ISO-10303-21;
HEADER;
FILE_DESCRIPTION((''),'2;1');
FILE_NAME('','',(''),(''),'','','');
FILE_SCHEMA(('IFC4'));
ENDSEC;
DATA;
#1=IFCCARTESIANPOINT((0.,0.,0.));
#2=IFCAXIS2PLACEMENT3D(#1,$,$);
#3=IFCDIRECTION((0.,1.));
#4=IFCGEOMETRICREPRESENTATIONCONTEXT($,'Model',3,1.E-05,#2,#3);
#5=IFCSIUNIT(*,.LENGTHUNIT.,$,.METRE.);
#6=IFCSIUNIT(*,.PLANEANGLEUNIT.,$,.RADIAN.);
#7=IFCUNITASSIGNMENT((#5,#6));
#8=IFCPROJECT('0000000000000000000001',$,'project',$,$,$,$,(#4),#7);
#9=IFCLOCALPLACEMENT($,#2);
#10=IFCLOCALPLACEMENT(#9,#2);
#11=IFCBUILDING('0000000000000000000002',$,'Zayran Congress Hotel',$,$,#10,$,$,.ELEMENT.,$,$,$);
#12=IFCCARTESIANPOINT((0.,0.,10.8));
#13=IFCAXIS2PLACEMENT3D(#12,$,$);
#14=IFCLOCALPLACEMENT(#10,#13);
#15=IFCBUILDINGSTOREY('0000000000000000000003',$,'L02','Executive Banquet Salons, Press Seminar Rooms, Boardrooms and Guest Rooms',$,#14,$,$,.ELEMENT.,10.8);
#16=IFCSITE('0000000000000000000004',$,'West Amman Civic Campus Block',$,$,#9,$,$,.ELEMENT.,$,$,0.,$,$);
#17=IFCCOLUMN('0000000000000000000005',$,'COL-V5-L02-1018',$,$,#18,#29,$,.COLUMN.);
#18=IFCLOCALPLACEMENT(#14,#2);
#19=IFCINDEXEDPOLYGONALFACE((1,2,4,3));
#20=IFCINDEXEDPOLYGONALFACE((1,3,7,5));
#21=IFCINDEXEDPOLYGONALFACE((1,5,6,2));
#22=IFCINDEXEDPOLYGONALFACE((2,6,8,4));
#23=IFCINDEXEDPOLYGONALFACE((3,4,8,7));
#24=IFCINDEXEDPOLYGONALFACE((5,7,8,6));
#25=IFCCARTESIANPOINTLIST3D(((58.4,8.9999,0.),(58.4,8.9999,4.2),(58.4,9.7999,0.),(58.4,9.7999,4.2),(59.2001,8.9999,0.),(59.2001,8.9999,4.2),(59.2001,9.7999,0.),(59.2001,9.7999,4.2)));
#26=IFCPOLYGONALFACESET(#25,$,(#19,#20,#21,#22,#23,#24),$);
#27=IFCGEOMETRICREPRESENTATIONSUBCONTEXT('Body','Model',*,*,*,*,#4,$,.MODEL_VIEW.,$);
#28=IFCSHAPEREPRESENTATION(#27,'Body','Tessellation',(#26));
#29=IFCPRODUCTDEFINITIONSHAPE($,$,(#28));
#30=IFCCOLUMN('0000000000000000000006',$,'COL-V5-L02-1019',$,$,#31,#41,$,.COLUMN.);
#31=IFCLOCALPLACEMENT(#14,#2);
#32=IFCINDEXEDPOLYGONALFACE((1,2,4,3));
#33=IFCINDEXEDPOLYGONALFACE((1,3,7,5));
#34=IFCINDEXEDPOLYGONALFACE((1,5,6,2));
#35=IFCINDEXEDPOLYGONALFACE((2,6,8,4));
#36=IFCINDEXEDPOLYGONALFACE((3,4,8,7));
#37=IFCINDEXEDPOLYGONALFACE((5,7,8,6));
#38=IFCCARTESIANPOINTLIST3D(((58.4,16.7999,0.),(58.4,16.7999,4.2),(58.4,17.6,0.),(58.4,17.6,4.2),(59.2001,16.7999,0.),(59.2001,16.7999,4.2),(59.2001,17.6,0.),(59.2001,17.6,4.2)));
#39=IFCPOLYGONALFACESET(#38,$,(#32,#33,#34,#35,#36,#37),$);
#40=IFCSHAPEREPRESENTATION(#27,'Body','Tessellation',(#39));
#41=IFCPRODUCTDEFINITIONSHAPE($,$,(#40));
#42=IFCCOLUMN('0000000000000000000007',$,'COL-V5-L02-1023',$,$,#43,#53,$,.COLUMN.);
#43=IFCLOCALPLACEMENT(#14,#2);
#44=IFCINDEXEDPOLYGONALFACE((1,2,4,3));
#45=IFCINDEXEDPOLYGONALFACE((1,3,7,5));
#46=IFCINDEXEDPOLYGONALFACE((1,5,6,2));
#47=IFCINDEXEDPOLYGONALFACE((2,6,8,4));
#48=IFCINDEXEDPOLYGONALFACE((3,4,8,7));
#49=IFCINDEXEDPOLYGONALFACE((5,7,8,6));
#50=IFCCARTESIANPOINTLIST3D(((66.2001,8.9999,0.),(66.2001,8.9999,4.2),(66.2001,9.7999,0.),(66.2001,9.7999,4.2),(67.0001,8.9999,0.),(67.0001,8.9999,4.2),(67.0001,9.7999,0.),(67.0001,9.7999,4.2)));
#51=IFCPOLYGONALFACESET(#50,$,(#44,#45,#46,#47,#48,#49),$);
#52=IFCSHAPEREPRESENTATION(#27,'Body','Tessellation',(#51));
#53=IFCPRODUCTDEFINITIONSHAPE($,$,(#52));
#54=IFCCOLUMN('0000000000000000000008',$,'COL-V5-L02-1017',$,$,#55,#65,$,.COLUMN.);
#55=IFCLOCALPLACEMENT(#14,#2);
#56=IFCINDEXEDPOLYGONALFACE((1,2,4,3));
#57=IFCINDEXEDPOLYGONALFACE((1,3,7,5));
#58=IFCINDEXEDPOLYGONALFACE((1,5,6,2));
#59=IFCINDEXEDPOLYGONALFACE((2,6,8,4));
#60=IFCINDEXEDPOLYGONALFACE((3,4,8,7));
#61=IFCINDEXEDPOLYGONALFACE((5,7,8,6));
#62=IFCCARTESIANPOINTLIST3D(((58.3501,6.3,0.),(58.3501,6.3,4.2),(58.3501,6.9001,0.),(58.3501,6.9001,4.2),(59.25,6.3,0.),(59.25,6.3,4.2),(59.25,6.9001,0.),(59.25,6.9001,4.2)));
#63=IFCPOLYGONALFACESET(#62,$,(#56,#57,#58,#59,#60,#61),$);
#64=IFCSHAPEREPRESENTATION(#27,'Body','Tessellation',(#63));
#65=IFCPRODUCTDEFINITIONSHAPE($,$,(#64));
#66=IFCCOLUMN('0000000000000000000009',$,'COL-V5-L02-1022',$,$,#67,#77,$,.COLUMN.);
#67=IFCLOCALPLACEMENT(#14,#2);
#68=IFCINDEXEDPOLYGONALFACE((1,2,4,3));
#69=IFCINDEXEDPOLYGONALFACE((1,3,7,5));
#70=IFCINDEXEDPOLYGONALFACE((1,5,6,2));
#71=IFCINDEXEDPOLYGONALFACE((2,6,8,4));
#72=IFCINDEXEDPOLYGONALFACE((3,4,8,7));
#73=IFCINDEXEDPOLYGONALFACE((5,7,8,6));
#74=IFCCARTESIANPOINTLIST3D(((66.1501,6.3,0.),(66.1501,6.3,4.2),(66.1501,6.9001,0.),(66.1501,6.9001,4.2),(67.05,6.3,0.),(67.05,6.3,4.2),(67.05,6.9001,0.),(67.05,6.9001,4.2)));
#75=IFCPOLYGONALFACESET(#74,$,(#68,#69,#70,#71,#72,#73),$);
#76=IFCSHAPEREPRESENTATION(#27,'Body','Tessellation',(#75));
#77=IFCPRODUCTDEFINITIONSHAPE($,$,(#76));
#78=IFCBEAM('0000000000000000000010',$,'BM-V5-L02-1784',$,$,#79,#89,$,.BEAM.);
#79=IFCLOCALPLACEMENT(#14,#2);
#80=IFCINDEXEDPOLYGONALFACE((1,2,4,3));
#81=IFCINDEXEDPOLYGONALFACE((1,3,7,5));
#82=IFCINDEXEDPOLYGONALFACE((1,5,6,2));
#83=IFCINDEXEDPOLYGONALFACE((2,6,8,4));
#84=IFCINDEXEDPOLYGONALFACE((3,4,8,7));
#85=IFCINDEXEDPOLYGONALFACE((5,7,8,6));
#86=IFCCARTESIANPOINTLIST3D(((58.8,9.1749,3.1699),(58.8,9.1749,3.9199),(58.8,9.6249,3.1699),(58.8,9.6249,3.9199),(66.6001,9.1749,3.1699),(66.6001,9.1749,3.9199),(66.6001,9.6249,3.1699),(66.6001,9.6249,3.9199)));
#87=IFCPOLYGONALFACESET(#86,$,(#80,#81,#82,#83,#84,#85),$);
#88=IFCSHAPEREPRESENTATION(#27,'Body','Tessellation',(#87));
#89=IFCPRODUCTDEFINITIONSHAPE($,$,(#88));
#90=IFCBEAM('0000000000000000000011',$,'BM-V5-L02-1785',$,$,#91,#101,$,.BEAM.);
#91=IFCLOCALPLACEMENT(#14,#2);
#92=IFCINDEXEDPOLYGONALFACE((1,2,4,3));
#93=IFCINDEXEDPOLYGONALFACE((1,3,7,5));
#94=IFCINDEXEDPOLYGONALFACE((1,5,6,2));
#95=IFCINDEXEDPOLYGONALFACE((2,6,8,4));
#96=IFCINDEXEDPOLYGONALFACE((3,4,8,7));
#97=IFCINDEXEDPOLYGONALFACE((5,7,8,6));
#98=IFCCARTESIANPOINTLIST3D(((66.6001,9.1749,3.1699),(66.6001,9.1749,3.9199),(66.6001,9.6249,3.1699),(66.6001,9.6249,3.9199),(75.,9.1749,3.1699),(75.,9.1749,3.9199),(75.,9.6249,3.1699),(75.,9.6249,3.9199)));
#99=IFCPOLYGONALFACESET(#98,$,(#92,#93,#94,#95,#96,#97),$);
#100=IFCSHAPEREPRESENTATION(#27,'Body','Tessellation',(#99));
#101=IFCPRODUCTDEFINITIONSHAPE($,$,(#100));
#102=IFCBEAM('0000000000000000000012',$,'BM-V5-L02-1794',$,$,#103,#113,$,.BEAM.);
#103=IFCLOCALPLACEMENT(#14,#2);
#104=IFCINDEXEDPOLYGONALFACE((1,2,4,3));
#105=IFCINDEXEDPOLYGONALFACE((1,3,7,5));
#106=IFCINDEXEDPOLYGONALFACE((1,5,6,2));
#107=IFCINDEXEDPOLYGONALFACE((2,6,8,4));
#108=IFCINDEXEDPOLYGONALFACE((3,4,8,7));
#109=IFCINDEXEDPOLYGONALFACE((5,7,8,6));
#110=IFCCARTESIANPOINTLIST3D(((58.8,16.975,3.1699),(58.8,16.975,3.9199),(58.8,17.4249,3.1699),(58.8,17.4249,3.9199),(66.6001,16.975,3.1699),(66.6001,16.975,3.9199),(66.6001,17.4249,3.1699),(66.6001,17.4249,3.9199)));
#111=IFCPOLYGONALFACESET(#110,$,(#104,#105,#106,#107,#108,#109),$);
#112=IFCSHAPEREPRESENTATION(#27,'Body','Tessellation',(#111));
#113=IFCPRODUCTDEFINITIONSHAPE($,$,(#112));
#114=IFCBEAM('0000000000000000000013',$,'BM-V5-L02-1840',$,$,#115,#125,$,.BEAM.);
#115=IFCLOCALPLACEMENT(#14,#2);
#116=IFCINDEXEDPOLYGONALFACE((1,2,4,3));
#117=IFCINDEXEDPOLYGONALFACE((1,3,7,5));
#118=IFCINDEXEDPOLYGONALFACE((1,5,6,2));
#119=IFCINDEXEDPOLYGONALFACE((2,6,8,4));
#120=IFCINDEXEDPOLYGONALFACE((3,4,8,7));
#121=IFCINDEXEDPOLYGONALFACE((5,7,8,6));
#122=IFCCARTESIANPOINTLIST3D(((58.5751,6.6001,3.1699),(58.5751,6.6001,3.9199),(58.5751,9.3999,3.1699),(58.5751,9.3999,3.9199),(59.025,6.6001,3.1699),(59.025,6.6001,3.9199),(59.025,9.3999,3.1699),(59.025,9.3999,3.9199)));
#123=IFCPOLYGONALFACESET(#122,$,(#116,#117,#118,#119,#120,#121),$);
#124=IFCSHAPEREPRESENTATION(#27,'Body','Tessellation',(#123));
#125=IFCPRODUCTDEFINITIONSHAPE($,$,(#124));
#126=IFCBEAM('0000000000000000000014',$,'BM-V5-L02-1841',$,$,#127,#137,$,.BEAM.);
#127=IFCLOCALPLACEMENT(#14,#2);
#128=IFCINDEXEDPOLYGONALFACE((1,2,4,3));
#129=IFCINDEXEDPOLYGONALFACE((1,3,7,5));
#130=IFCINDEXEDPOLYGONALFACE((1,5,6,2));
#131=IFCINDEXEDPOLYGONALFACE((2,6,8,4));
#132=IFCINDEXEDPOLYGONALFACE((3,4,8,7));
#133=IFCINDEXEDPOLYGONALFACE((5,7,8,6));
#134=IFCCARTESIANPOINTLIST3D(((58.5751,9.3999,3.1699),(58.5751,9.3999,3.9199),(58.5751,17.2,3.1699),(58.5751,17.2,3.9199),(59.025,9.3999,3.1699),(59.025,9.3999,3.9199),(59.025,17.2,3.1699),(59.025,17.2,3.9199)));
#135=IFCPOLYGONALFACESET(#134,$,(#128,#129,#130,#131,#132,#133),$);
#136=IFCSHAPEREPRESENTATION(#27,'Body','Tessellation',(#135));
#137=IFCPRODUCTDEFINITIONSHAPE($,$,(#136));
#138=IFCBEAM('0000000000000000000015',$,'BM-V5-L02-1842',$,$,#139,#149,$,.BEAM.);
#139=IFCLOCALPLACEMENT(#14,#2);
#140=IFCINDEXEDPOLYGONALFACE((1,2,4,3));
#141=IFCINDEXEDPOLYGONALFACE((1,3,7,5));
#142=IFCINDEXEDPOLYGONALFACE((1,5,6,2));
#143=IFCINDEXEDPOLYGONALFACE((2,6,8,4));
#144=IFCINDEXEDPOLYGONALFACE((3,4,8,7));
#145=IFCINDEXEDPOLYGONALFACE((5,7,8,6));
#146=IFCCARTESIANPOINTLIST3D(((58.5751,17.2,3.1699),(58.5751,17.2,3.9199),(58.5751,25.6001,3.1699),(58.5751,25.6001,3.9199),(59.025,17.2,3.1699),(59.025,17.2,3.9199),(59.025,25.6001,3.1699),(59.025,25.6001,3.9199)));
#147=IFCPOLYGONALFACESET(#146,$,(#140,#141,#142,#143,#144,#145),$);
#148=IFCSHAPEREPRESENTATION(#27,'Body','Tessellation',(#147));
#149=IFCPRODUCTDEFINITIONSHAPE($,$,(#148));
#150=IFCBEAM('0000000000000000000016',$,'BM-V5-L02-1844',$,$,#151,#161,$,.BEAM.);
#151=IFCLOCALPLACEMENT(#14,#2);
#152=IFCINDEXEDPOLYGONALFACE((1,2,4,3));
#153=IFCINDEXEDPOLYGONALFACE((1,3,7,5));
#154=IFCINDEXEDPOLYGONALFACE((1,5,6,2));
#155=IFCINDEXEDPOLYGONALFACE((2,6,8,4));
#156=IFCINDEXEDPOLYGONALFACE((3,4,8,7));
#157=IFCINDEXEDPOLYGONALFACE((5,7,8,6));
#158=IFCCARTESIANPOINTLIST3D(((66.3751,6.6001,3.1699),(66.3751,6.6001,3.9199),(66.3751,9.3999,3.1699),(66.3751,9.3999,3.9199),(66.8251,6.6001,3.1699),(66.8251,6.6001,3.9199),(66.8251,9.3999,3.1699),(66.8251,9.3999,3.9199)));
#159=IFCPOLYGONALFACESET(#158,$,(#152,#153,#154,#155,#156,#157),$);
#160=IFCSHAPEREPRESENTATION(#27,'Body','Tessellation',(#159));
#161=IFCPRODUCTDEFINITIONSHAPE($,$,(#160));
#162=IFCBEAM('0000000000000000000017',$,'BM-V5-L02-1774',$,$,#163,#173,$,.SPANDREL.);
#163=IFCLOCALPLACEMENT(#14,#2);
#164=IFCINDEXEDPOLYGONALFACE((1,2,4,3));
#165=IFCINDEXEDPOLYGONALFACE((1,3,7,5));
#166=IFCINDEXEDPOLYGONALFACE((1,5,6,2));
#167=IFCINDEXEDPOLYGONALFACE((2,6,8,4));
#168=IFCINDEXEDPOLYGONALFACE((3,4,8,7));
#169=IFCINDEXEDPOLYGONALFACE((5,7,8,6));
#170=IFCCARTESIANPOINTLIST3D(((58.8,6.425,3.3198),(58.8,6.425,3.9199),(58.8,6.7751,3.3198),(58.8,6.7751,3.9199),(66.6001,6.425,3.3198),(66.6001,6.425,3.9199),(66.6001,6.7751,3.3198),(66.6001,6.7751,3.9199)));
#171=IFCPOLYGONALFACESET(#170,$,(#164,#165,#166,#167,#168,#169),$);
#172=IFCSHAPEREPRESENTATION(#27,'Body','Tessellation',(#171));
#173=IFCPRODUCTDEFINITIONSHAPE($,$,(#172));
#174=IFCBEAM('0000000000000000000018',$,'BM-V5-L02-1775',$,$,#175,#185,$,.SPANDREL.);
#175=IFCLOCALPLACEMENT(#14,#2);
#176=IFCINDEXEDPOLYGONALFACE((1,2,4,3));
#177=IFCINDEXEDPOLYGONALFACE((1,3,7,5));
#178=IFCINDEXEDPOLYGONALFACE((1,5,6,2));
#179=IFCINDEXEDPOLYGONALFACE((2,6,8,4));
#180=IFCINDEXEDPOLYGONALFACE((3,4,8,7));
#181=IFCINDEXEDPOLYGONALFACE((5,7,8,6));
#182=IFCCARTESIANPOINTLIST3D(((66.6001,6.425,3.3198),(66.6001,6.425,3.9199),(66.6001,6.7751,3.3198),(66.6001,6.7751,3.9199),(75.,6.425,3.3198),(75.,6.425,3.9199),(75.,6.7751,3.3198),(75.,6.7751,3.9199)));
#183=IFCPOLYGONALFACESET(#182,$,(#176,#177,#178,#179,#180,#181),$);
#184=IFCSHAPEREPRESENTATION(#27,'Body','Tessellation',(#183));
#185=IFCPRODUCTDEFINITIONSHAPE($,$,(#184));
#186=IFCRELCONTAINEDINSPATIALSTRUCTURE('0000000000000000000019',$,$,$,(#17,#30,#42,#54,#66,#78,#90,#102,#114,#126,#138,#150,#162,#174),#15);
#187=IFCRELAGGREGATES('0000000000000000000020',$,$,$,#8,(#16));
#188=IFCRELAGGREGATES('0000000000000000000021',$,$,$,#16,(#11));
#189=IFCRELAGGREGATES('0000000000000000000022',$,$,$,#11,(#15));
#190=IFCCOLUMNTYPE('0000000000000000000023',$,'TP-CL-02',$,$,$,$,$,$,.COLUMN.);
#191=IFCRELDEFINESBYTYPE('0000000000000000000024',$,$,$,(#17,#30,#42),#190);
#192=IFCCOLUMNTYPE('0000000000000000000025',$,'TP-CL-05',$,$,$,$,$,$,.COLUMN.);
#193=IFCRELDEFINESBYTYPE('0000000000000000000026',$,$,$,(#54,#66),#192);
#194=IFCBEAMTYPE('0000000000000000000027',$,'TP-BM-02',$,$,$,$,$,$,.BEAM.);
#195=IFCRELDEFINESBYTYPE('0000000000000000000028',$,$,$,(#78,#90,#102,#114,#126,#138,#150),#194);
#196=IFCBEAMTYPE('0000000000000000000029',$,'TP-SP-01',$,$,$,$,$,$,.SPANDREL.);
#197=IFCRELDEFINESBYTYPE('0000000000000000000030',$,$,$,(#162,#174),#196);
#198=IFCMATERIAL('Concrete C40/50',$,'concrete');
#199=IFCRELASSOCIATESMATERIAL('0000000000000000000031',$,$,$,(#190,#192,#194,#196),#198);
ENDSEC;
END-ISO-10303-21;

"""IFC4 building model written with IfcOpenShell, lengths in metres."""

from ifc_helpers import new_model, si_unit, direction, frame, origin, origin_2d, place, context, subcontext, project, spatial, rectangle, extrude, material, material_profile, profile_set, type_object, element, save


model = new_model("IFC4")

# Units and contexts
model_context = context("Model", 3, precision=1e-05, world=origin(), true_north=direction((0.0, 1.0)))
body_context = subcontext(model_context, "Body", "Model", "MODEL_VIEW")
ifc_project = project(units=[si_unit("LENGTHUNIT", "METRE"), si_unit("PLANEANGLEUNIT", "RADIAN")], contexts=[model_context])

# Site, building, storey
site_placement = place(None, origin())
site = spatial("IfcSite", under=ifc_project, at=site_placement, Name="West Amman Civic Campus Block", CompositionType="ELEMENT", RefElevation=0.0)
building_placement = place(site_placement, origin())
building = spatial("IfcBuilding", under=site, at=building_placement, Name="Zayran Congress Hotel", CompositionType="ELEMENT")
storey_placement = place(building_placement, frame((0.0, 0.0, 10.8)))
storey = spatial("IfcBuildingStorey", under=building, at=storey_placement, Name="L02", Description="Executive Banquet Salons, Press Seminar Rooms, Boardrooms and Guest Rooms", CompositionType="ELEMENT", Elevation=10.8)

# Columns
ifc_material_1 = material(Name="Concrete C40/50", Category="concrete")
ifc_material_profile_1 = material_profile(ifc_material_1, rectangle(XDim=0.8, YDim=0.8, at=origin_2d()), Name="RC 800x800")
ifc_profile_set_1 = profile_set([ifc_material_profile_1], Name="Concrete C40/50")
column_type_1 = type_object("IfcColumnType", Name="TP-CL-02", PredefinedType="COLUMN", material=ifc_profile_set_1)
for number, where, z_axis, x_axis, name in (
    (1, (58.8, 9.3999, 0.0), (0.0, 0.0, 1.0), (1.0, 0.0, 0.0), "COL-V5-L02-1018"),
    (2, (58.8, 17.2, 0.0), (0.0, 0.0, 1.0), (1.0, 0.0, 0.0), "COL-V5-L02-1019"),
    (3, (66.6001, 9.3999, 0.0), (0.0, 0.0, 1.0), (1.0, 0.0, 0.0), "COL-V5-L02-1023"),
):
    element("IfcColumn", number, at=place(storey_placement, frame(where, z_axis=z_axis, x_axis=x_axis)), inside=storey, type_object=column_type_1, Name=name, PredefinedType="COLUMN", context=body_context, shape_type="SweptSolid", body=[
        extrude(rectangle(XDim=0.8, YDim=0.8, at=origin_2d()), origin(), (0.0, 0.0, 1.0), 4.2),
    ])
ifc_material_profile_2 = material_profile(ifc_material_1, rectangle(XDim=0.6001, YDim=0.8999, at=origin_2d()), Name="RC 900x600")
ifc_profile_set_2 = profile_set([ifc_material_profile_2], Name="Concrete C40/50")
column_type_2 = type_object("IfcColumnType", Name="TP-CL-05", PredefinedType="COLUMN", material=ifc_profile_set_2)
for number, where, z_axis, x_axis, name in (
    (4, (58.8, 6.6001, 0.0), (0.0, 0.0, 1.0), (0.0, 1.0, 0.0), "COL-V5-L02-1017"),
    (5, (66.6001, 6.6001, 0.0), (0.0, 0.0, 1.0), (0.0, 1.0, 0.0), "COL-V5-L02-1022"),
):
    element("IfcColumn", number, at=place(storey_placement, frame(where, z_axis=z_axis, x_axis=x_axis)), inside=storey, type_object=column_type_2, Name=name, PredefinedType="COLUMN", context=body_context, shape_type="SweptSolid", body=[
        extrude(rectangle(XDim=0.6001, YDim=0.8999, at=origin_2d()), origin(), (0.0, 0.0, 1.0), 4.2),
    ])

# Beams
ifc_material_profile_3 = material_profile(ifc_material_1, rectangle(XDim=0.45, YDim=0.75, at=origin_2d()), Name="RC 450x750")
ifc_profile_set_3 = profile_set([ifc_material_profile_3], Name="Concrete C40/50")
beam_type_1 = type_object("IfcBeamType", Name="TP-BM-02", PredefinedType="BEAM", material=ifc_profile_set_3)
beam_1_placement = place(storey_placement, frame((58.8, 9.3999, 3.5449), z_axis=(1.0, 0.0, 0.0), x_axis=(0.0, 1.0, 0.0)))
element("IfcBeam", 6, at=beam_1_placement, inside=storey, type_object=beam_type_1, Name="BM-V5-L02-1784", PredefinedType="BEAM", context=body_context, shape_type="SweptSolid", body=[
    extrude(rectangle(XDim=0.45, YDim=0.75, at=origin_2d()), origin(), (0.0, 0.0, 1.0), 7.8),
])
beam_2_placement = place(storey_placement, frame((66.6001, 9.3999, 3.5449), z_axis=(1.0, 0.0, 0.0), x_axis=(0.0, 1.0, 0.0)))
element("IfcBeam", 7, at=beam_2_placement, inside=storey, type_object=beam_type_1, Name="BM-V5-L02-1785", PredefinedType="BEAM", context=body_context, shape_type="SweptSolid", body=[
    extrude(rectangle(XDim=0.45, YDim=0.75, at=origin_2d()), origin(), (0.0, 0.0, 1.0), 8.3999),
])
beam_3_placement = place(storey_placement, frame((58.8, 17.2, 3.5449), z_axis=(1.0, 0.0, 0.0), x_axis=(0.0, 1.0, 0.0)))
element("IfcBeam", 8, at=beam_3_placement, inside=storey, type_object=beam_type_1, Name="BM-V5-L02-1794", PredefinedType="BEAM", context=body_context, shape_type="SweptSolid", body=[
    extrude(rectangle(XDim=0.45, YDim=0.75, at=origin_2d()), origin(), (0.0, 0.0, 1.0), 7.8),
])
beam_4_placement = place(storey_placement, frame((58.8, 6.6001, 3.5449), z_axis=(0.0, 1.0, 0.0), x_axis=(-1.0, 0.0, 0.0)))
element("IfcBeam", 9, at=beam_4_placement, inside=storey, type_object=beam_type_1, Name="BM-V5-L02-1840", PredefinedType="BEAM", context=body_context, shape_type="SweptSolid", body=[
    extrude(rectangle(XDim=0.45, YDim=0.75, at=origin_2d()), origin(), (0.0, 0.0, 1.0), 2.7998),
])
beam_5_placement = place(storey_placement, frame((58.8, 9.3999, 3.5449), z_axis=(0.0, 1.0, 0.0), x_axis=(-1.0, 0.0, 0.0)))
element("IfcBeam", 10, at=beam_5_placement, inside=storey, type_object=beam_type_1, Name="BM-V5-L02-1841", PredefinedType="BEAM", context=body_context, shape_type="SweptSolid", body=[
    extrude(rectangle(XDim=0.45, YDim=0.75, at=origin_2d()), origin(), (0.0, 0.0, 1.0), 7.8),
])
beam_6_placement = place(storey_placement, frame((58.8, 17.2, 3.5449), z_axis=(0.0, 1.0, 0.0), x_axis=(-1.0, 0.0, 0.0)))
element("IfcBeam", 11, at=beam_6_placement, inside=storey, type_object=beam_type_1, Name="BM-V5-L02-1842", PredefinedType="BEAM", context=body_context, shape_type="SweptSolid", body=[
    extrude(rectangle(XDim=0.45, YDim=0.75, at=origin_2d()), origin(), (0.0, 0.0, 1.0), 8.4001),
])
beam_7_placement = place(storey_placement, frame((66.6001, 6.6001, 3.5449), z_axis=(0.0, 1.0, 0.0), x_axis=(-1.0, 0.0, 0.0)))
element("IfcBeam", 12, at=beam_7_placement, inside=storey, type_object=beam_type_1, Name="BM-V5-L02-1844", PredefinedType="BEAM", context=body_context, shape_type="SweptSolid", body=[
    extrude(rectangle(XDim=0.45, YDim=0.75, at=origin_2d()), origin(), (0.0, 0.0, 1.0), 2.7998),
])
ifc_material_profile_4 = material_profile(ifc_material_1, rectangle(XDim=0.3501, YDim=0.6001, at=origin_2d()), Name="RC 350x600")
ifc_profile_set_4 = profile_set([ifc_material_profile_4], Name="Concrete C40/50")
beam_type_2 = type_object("IfcBeamType", Name="TP-SP-01", PredefinedType="SPANDREL", material=ifc_profile_set_4)
beam_8_placement = place(storey_placement, frame((58.8, 6.6001, 3.6199), z_axis=(1.0, 0.0, 0.0), x_axis=(0.0, 1.0, 0.0)))
element("IfcBeam", 13, at=beam_8_placement, inside=storey, type_object=beam_type_2, Name="BM-V5-L02-1774", PredefinedType="SPANDREL", context=body_context, shape_type="SweptSolid", body=[
    extrude(rectangle(XDim=0.3501, YDim=0.6001, at=origin_2d()), origin(), (0.0, 0.0, 1.0), 7.8),
])
beam_9_placement = place(storey_placement, frame((66.6001, 6.6001, 3.6199), z_axis=(1.0, 0.0, 0.0), x_axis=(0.0, 1.0, 0.0)))
element("IfcBeam", 14, at=beam_9_placement, inside=storey, type_object=beam_type_2, Name="BM-V5-L02-1775", PredefinedType="SPANDREL", context=body_context, shape_type="SweptSolid", body=[
    extrude(rectangle(XDim=0.3501, YDim=0.6001, at=origin_2d()), origin(), (0.0, 0.0, 1.0), 8.3999),
])

save(model, "model.ifc")
